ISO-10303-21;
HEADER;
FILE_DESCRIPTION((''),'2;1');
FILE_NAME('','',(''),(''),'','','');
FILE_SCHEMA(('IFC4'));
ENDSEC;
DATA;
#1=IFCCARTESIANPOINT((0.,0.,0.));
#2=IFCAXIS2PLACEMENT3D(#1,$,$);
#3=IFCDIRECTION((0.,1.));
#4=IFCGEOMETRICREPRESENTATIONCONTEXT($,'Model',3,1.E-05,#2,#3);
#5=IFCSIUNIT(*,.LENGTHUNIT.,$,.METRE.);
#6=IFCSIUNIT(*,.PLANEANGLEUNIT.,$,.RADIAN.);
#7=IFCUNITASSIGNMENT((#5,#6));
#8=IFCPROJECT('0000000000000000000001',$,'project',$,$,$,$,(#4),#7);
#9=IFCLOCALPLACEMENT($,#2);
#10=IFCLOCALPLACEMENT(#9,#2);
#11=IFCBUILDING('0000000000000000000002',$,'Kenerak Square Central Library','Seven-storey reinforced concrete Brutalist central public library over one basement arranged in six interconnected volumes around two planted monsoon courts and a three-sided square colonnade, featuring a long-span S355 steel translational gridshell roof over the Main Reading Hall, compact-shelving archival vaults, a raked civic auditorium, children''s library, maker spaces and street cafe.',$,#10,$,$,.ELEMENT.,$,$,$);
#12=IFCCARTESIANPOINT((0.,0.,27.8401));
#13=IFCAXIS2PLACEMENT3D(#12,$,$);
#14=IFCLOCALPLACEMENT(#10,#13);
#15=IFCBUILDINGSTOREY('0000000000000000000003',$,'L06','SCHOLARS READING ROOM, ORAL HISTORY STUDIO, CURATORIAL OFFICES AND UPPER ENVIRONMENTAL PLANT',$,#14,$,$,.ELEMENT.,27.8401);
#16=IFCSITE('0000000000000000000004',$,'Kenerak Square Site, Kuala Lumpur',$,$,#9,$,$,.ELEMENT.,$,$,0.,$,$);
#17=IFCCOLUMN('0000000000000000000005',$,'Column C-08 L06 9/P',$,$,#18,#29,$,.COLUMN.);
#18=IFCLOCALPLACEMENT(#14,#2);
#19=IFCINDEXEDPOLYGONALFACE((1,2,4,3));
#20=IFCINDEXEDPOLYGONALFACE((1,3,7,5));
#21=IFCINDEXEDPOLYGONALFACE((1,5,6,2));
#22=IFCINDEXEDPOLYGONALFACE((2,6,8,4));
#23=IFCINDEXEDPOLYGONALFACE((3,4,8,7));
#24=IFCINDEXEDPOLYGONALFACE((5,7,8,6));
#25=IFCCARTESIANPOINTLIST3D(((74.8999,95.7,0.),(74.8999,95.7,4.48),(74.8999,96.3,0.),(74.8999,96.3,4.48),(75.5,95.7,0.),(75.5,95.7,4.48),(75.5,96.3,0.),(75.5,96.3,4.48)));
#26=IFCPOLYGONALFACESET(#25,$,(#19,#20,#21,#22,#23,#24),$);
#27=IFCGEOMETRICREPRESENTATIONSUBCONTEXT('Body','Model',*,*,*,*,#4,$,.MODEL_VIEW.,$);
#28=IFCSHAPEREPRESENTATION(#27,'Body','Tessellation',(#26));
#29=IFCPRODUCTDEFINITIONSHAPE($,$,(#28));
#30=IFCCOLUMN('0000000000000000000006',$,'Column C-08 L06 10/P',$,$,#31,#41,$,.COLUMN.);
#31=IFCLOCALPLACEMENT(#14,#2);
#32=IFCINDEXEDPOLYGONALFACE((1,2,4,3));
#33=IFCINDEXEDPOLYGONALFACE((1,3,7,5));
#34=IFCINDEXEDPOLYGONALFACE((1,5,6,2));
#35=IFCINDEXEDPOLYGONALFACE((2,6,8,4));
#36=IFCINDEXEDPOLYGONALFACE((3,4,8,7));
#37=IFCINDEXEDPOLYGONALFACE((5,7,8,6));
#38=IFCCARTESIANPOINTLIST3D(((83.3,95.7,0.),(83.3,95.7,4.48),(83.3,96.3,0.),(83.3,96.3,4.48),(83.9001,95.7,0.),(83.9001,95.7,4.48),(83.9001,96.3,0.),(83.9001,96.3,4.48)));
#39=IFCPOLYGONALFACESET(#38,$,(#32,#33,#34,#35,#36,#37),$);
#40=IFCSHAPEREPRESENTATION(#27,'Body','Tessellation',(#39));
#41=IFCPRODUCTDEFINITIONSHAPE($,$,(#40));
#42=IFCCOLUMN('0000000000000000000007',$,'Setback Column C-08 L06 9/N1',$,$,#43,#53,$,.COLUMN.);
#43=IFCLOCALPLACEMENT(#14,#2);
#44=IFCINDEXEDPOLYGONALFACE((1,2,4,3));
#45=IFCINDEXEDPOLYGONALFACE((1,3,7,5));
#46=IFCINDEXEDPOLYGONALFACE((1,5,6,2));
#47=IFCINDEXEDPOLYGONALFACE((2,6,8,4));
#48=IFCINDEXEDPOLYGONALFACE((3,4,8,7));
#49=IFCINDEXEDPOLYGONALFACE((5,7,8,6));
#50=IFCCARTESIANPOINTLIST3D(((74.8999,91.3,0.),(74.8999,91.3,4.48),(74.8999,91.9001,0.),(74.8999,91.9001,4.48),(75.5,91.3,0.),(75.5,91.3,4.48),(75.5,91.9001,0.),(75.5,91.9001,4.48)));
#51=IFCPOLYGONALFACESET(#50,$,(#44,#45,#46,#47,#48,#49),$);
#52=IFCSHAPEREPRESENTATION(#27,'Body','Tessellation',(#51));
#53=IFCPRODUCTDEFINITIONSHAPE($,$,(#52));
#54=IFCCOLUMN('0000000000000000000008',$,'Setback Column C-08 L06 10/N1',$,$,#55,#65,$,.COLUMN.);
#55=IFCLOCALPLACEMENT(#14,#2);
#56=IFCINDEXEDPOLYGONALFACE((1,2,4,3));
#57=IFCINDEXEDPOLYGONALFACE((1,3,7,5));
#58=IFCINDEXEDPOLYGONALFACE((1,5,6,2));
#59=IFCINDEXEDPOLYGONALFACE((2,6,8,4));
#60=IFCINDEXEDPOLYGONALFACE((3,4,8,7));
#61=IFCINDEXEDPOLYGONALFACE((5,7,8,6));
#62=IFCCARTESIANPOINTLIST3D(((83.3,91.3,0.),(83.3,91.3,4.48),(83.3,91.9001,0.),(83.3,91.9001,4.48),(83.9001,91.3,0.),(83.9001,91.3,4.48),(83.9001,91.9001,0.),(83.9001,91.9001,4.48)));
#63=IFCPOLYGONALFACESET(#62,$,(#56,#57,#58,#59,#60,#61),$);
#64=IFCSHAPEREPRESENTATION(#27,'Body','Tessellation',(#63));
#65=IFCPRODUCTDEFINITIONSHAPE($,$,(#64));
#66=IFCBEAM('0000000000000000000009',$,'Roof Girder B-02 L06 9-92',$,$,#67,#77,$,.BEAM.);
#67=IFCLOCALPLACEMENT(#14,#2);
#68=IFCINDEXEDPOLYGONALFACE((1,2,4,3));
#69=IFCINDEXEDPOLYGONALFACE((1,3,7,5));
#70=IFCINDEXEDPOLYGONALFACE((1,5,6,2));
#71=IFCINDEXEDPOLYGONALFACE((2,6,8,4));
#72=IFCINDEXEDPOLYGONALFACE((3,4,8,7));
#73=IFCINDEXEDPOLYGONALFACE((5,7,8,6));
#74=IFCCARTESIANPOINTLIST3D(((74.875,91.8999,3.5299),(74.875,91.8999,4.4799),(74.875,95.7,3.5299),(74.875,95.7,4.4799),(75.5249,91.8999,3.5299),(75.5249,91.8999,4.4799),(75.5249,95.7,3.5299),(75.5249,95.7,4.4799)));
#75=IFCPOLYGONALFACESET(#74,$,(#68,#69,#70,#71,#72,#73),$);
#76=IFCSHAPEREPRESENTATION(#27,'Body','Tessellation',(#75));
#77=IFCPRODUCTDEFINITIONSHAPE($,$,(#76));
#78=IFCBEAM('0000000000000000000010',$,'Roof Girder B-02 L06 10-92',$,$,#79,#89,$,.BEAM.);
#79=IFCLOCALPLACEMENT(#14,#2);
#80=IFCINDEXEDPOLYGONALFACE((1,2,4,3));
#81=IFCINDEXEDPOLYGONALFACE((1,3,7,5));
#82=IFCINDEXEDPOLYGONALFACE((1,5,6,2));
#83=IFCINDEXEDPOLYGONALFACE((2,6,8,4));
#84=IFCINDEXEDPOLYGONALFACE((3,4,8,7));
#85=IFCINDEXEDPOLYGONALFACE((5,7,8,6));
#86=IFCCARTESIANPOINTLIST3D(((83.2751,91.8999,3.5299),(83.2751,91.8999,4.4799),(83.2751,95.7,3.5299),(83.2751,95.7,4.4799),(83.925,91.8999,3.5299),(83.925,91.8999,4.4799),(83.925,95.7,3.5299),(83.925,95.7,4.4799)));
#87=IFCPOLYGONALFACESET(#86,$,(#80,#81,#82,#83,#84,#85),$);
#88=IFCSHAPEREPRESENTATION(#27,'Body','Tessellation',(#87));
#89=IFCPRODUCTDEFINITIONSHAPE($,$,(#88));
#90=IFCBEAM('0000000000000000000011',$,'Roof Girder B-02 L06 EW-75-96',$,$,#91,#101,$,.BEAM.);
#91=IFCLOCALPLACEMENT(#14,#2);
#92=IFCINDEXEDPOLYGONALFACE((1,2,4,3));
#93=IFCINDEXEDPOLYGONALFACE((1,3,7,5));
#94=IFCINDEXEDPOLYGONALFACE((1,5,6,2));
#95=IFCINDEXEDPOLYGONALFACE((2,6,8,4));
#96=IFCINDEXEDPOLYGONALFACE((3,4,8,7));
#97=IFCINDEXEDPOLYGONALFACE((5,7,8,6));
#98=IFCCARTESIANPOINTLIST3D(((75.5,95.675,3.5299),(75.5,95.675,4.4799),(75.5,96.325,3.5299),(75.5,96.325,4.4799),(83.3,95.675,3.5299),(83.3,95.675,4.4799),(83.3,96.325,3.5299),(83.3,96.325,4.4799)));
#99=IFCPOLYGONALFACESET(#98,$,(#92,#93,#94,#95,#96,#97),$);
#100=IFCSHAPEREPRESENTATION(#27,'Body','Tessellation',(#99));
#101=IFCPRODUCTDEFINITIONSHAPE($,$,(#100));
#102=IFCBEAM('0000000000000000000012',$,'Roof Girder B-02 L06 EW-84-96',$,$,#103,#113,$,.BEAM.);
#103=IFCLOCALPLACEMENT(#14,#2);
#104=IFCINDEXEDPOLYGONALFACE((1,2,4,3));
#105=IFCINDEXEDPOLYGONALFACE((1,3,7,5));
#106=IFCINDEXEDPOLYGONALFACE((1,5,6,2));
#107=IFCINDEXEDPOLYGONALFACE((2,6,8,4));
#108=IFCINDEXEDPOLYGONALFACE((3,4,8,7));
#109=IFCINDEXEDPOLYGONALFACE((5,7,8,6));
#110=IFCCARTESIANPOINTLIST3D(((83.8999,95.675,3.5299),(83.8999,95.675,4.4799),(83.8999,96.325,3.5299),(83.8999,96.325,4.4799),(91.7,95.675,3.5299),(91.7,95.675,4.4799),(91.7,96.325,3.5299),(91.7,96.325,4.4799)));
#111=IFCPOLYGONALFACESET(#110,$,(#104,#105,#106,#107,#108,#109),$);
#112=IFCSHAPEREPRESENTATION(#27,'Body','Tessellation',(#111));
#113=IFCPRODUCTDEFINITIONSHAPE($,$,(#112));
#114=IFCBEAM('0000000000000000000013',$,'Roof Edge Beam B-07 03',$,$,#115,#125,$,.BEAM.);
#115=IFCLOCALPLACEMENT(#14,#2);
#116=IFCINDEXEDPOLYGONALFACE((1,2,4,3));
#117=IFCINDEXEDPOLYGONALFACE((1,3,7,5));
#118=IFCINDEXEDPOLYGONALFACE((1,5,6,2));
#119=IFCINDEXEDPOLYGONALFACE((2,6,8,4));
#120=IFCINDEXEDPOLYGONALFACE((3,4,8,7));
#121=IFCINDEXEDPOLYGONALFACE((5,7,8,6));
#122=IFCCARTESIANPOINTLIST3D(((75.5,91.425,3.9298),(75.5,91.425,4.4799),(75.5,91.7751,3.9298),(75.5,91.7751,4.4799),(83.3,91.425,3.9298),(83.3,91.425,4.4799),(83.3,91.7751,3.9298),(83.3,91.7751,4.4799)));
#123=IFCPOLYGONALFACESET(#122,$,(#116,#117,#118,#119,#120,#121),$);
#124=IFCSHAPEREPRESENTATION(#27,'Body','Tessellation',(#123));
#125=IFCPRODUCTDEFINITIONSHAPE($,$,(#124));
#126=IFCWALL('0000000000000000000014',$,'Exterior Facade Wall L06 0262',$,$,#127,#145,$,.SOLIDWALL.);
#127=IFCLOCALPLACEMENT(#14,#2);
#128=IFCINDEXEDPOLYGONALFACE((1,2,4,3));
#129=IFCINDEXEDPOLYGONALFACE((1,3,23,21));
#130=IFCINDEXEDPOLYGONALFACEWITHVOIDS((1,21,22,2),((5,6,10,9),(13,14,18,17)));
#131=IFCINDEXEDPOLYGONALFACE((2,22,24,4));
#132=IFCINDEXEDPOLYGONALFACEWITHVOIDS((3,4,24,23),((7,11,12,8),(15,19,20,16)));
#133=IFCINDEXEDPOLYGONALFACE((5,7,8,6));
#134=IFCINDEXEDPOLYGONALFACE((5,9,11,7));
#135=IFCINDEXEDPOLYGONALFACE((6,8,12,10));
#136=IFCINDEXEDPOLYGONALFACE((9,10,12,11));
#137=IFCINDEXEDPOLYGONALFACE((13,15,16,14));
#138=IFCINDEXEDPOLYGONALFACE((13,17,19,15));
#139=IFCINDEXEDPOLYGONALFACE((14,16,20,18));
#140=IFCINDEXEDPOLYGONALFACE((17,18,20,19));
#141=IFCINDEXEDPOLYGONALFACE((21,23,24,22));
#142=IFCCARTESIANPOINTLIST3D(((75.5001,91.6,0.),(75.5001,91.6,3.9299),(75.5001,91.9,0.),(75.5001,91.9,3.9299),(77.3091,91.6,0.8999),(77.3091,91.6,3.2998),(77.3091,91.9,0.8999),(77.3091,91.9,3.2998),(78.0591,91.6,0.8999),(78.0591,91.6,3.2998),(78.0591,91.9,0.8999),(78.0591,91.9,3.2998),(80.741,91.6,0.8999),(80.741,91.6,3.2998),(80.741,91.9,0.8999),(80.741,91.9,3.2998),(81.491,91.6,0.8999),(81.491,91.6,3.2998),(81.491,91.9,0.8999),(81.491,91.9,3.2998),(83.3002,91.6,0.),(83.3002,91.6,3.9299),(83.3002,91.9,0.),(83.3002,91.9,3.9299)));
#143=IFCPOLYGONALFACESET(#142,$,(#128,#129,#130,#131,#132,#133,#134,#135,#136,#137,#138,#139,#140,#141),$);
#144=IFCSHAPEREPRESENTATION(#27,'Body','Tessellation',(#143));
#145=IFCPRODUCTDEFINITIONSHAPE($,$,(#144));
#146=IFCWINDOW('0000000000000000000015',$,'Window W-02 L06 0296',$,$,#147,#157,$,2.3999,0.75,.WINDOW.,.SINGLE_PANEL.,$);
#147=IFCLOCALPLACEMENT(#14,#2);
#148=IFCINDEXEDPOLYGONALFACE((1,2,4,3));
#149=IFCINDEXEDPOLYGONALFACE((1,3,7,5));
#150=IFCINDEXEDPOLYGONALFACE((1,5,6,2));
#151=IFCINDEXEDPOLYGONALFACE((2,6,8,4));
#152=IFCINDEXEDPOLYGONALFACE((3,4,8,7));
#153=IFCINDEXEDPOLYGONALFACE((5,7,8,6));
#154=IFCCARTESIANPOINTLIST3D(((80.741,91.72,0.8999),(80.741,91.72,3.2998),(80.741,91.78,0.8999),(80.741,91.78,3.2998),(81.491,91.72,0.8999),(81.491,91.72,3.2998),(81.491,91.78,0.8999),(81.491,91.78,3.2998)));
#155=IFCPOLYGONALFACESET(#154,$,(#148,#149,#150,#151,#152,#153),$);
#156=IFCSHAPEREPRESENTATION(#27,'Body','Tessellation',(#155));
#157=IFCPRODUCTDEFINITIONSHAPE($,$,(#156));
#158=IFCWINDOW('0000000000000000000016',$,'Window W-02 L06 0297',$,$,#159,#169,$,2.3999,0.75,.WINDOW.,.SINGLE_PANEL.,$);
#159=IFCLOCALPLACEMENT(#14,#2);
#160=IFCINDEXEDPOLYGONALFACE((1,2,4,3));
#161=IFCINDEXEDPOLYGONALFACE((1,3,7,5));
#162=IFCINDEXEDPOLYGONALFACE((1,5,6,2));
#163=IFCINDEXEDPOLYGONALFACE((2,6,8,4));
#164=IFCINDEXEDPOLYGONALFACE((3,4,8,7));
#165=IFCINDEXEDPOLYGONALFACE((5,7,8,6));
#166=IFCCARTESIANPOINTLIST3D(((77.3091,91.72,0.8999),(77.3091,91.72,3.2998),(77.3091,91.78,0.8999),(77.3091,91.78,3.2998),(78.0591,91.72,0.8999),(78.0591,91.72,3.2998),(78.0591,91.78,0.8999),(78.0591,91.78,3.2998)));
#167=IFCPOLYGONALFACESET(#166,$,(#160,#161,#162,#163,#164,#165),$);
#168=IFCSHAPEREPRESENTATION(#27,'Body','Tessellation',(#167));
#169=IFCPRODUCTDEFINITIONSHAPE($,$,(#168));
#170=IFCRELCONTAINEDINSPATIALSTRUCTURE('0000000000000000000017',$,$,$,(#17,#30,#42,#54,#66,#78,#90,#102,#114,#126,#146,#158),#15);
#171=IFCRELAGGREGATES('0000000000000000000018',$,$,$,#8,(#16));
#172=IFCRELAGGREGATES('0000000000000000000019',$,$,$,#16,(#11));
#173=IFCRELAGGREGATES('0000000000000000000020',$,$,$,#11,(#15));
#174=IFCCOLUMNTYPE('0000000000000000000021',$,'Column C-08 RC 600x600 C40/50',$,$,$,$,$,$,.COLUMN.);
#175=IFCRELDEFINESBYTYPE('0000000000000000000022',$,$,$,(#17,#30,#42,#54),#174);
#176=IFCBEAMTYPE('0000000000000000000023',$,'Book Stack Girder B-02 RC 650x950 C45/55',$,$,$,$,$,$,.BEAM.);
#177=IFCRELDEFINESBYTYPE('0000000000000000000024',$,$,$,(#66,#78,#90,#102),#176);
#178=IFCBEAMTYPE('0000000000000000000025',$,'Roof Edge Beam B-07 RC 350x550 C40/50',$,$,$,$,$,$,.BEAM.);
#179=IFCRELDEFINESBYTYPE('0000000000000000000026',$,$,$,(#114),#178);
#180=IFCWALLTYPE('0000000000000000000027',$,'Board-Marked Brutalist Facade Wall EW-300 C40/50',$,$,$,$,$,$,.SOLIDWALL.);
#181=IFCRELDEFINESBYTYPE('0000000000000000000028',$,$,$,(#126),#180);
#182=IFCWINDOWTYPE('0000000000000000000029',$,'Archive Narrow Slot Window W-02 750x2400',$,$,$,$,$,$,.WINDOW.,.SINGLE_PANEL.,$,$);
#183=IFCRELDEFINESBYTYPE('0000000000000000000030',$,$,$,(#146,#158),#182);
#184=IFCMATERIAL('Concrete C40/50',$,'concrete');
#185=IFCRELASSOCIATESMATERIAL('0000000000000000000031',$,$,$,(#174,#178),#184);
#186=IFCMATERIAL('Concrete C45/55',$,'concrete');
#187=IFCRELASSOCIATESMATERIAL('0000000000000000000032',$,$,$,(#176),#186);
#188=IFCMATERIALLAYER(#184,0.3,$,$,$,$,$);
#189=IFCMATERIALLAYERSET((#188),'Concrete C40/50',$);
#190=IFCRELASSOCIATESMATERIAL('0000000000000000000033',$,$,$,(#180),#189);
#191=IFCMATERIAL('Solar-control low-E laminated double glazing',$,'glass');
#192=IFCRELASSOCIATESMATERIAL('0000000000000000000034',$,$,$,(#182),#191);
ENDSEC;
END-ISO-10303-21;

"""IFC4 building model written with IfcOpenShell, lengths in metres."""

from ifc_helpers import new_model, si_unit, direction, frame, frame_2d, origin, origin_2d, place, context, subcontext, project, spatial, rectangle, extrude, material, layer, layer_set, material_profile, profile_set, type_object, element, fill, save


model = new_model("IFC4")

# Units and contexts
model_context = context("Model", 3, precision=1e-05, world=origin(), true_north=direction((0.0, 1.0)))
body_context = subcontext(model_context, "Body", "Model", "MODEL_VIEW")
ifc_project = project(units=[si_unit("LENGTHUNIT", "METRE"), si_unit("PLANEANGLEUNIT", "RADIAN")], contexts=[model_context])

# Site, building, storey
site_placement = place(None, origin())
site = spatial("IfcSite", under=ifc_project, at=site_placement, Name="Kenerak Square Site, Kuala Lumpur", CompositionType="ELEMENT", RefElevation=0.0)
building_placement = place(site_placement, origin())
building = spatial("IfcBuilding", under=site, at=building_placement, Name="Kenerak Square Central Library", Description="Seven-storey reinforced concrete Brutalist central public library over one basement arranged in six interconnected volumes around two planted monsoon courts and a three-sided square colonnade, featuring a long-span S355 steel translational gridshell roof over the Main Reading Hall, compact-shelving archival vaults, a raked civic auditorium, children's library, maker spaces and street cafe.", CompositionType="ELEMENT")
storey_placement = place(building_placement, frame((0.0, 0.0, 27.8401)))
storey = spatial("IfcBuildingStorey", under=building, at=storey_placement, Name="L06", Description="SCHOLARS READING ROOM, ORAL HISTORY STUDIO, CURATORIAL OFFICES AND UPPER ENVIRONMENTAL PLANT", CompositionType="ELEMENT", Elevation=27.8401)

# Columns
ifc_material_1 = material(Name="Concrete C40/50", Category="concrete")
ifc_material_profile_1 = material_profile(ifc_material_1, rectangle(XDim=0.6001, YDim=0.6001, at=origin_2d()), Name="RC 600x600")
ifc_profile_set_1 = profile_set([ifc_material_profile_1], Name="Concrete C40/50")
column_type = type_object("IfcColumnType", Name="Column C-08 RC 600x600 C40/50", PredefinedType="COLUMN", material=ifc_profile_set_1)
for number, where, z_axis, x_axis, name in (
    (1, (75.2, 96.0, 0.0), (0.0, 0.0, 1.0), (1.0, 0.0, 0.0), "Column C-08 L06 9/P"),
    (2, (83.6001, 96.0, 0.0), (0.0, 0.0, 1.0), (1.0, 0.0, 0.0), "Column C-08 L06 10/P"),
    (3, (75.2, 91.6001, 0.0), (0.0, 0.0, 1.0), (1.0, 0.0, 0.0), "Setback Column C-08 L06 9/N1"),
    (4, (83.6001, 91.6001, 0.0), (0.0, 0.0, 1.0), (1.0, 0.0, 0.0), "Setback Column C-08 L06 10/N1"),
):
    element("IfcColumn", number, at=place(storey_placement, frame(where, z_axis=z_axis, x_axis=x_axis)), inside=storey, type_object=column_type, Name=name, PredefinedType="COLUMN", context=body_context, shape_type="SweptSolid", body=[
        extrude(rectangle(XDim=0.6001, YDim=0.6001, at=origin_2d()), origin(), (0.0, 0.0, 1.0), 4.48),
    ])

# Beams
ifc_material_2 = material(Name="Concrete C45/55", Category="concrete")
ifc_material_profile_2 = material_profile(ifc_material_2, rectangle(XDim=0.6499, YDim=0.95, at=origin_2d()), Name="RC 650x950")
ifc_profile_set_2 = profile_set([ifc_material_profile_2], Name="Concrete C45/55")
beam_type_1 = type_object("IfcBeamType", Name="Book Stack Girder B-02 RC 650x950 C45/55", PredefinedType="BEAM", material=ifc_profile_set_2)
for number, where, z_axis, x_axis, name in (
    (5, (75.2, 91.8999, 4.0049), (0.0, 1.0, 0.0), (-1.0, 0.0, 0.0), "Roof Girder B-02 L06 9-92"),
    (6, (83.6001, 91.8999, 4.0049), (0.0, 1.0, 0.0), (-1.0, 0.0, 0.0), "Roof Girder B-02 L06 10-92"),
):
    element("IfcBeam", number, at=place(storey_placement, frame(where, z_axis=z_axis, x_axis=x_axis)), inside=storey, type_object=beam_type_1, Name=name, PredefinedType="BEAM", context=body_context, shape_type="SweptSolid", body=[
        extrude(rectangle(XDim=0.6499, YDim=0.95, at=origin_2d()), origin(), (0.0, 0.0, 1.0), 3.8),
    ])
for number, where, z_axis, x_axis, name in (
    (7, (75.5, 96.0, 4.0049), (1.0, 0.0, 0.0), (0.0, 1.0, 0.0), "Roof Girder B-02 L06 EW-75-96"),
    (8, (83.8999, 96.0, 4.0049), (1.0, 0.0, 0.0), (0.0, 1.0, 0.0), "Roof Girder B-02 L06 EW-84-96"),
):
    element("IfcBeam", number, at=place(storey_placement, frame(where, z_axis=z_axis, x_axis=x_axis)), inside=storey, type_object=beam_type_1, Name=name, PredefinedType="BEAM", context=body_context, shape_type="SweptSolid", body=[
        extrude(rectangle(XDim=0.6499, YDim=0.95, at=origin_2d()), origin(), (0.0, 0.0, 1.0), 7.8),
    ])
ifc_material_profile_3 = material_profile(ifc_material_1, rectangle(XDim=0.3501, YDim=0.55, at=origin_2d()), Name="RC 350x550")
ifc_profile_set_3 = profile_set([ifc_material_profile_3], Name="Concrete C40/50")
beam_type_2 = type_object("IfcBeamType", Name="Roof Edge Beam B-07 RC 350x550 C40/50", PredefinedType="BEAM", material=ifc_profile_set_3)
beam_placement = place(storey_placement, frame((75.5, 91.6001, 4.2048), z_axis=(1.0, 0.0, 0.0), x_axis=(0.0, 1.0, 0.0)))
element("IfcBeam", 9, at=beam_placement, inside=storey, type_object=beam_type_2, Name="Roof Edge Beam B-07 03", PredefinedType="BEAM", context=body_context, shape_type="SweptSolid", body=[
    extrude(rectangle(XDim=0.3501, YDim=0.55, at=origin_2d()), origin(), (0.0, 0.0, 1.0), 7.8),
])

# Wall, openings, windows
ifc_layer = layer(ifc_material_1, 0.3)
ifc_layer_set = layer_set([ifc_layer], Name="Concrete C40/50")
wall_type = type_object("IfcWallType", Name="Board-Marked Brutalist Facade Wall EW-300 C40/50", PredefinedType="SOLIDWALL", material=ifc_layer_set)
wall_1_placement = place(storey_placement, frame((83.3, 91.75, 0.0), z_axis=(0.0, 0.0, 1.0), x_axis=(-1.0, 0.0, 0.0)))
wall_1 = element("IfcWall", 10, at=wall_1_placement, inside=storey, type_object=wall_type, Name="Exterior Facade Wall L06 0262", PredefinedType="SOLIDWALL", context=body_context, shape_type="SweptSolid", body=[
    extrude(rectangle(XDim=7.8, YDim=0.3, at=frame_2d((3.8999, 0.0))), origin(), (0.0, 0.0, 1.0), 3.9299),
])
opening_1_placement = place(wall_1_placement, frame((1.8091, 0.0, 0.8999)))
opening_1 = element("IfcOpeningElement", 11, at=opening_1_placement, cuts=wall_1, PredefinedType="OPENING", context=body_context, shape_type="SweptSolid", body=[
    extrude(rectangle(XDim=0.75, YDim=2.3999, at=frame_2d((0.375, 1.2))), frame((0.0, 0.1599, 0.0), z_axis=(0.0, -1.0, 0.0), x_axis=(1.0, 0.0, 0.0)), (0.0, 0.0, 1.0), 0.3201),
])
opening_2_placement = place(wall_1_placement, frame((5.241, 0.0, 0.8999)))
opening_2 = element("IfcOpeningElement", 12, at=opening_2_placement, cuts=wall_1, PredefinedType="OPENING", context=body_context, shape_type="SweptSolid", body=[
    extrude(rectangle(XDim=0.75, YDim=2.3999, at=frame_2d((0.375, 1.2))), frame((0.0, 0.1599, 0.0), z_axis=(0.0, -1.0, 0.0), x_axis=(1.0, 0.0, 0.0)), (0.0, 0.0, 1.0), 0.3201),
])
ifc_material_3 = material(Name="Solar-control low-E laminated double glazing", Category="glass")
window_type = type_object("IfcWindowType", Name="Archive Narrow Slot Window W-02 750x2400", PartitioningType="SINGLE_PANEL", PredefinedType="WINDOW", material=ifc_material_3)
window_1_placement = place(opening_1_placement, origin())
window_1 = element("IfcWindow", 13, at=window_1_placement, inside=storey, type_object=window_type, Name="Window W-02 L06 0296", OverallHeight=2.3999, OverallWidth=0.75, PartitioningType="SINGLE_PANEL", PredefinedType="WINDOW", context=body_context, shape_type="SweptSolid", body=[
    extrude(rectangle(XDim=0.75, YDim=2.3999, at=frame_2d((0.375, 1.2))), frame((0.0, 0.03, 0.0), z_axis=(0.0, -1.0, 0.0), x_axis=(1.0, 0.0, 0.0)), (0.0, 0.0, 1.0), 0.0601),
])
fill(opening_1, window_1)
window_2_placement = place(opening_2_placement, origin())
window_2 = element("IfcWindow", 14, at=window_2_placement, inside=storey, type_object=window_type, Name="Window W-02 L06 0297", OverallHeight=2.3999, OverallWidth=0.75, PartitioningType="SINGLE_PANEL", PredefinedType="WINDOW", context=body_context, shape_type="SweptSolid", body=[
    extrude(rectangle(XDim=0.75, YDim=2.3999, at=frame_2d((0.375, 1.2))), frame((0.0, 0.03, 0.0), z_axis=(0.0, -1.0, 0.0), x_axis=(1.0, 0.0, 0.0)), (0.0, 0.0, 1.0), 0.0601),
])
fill(opening_2, window_2)

save(model, "model.ifc")
